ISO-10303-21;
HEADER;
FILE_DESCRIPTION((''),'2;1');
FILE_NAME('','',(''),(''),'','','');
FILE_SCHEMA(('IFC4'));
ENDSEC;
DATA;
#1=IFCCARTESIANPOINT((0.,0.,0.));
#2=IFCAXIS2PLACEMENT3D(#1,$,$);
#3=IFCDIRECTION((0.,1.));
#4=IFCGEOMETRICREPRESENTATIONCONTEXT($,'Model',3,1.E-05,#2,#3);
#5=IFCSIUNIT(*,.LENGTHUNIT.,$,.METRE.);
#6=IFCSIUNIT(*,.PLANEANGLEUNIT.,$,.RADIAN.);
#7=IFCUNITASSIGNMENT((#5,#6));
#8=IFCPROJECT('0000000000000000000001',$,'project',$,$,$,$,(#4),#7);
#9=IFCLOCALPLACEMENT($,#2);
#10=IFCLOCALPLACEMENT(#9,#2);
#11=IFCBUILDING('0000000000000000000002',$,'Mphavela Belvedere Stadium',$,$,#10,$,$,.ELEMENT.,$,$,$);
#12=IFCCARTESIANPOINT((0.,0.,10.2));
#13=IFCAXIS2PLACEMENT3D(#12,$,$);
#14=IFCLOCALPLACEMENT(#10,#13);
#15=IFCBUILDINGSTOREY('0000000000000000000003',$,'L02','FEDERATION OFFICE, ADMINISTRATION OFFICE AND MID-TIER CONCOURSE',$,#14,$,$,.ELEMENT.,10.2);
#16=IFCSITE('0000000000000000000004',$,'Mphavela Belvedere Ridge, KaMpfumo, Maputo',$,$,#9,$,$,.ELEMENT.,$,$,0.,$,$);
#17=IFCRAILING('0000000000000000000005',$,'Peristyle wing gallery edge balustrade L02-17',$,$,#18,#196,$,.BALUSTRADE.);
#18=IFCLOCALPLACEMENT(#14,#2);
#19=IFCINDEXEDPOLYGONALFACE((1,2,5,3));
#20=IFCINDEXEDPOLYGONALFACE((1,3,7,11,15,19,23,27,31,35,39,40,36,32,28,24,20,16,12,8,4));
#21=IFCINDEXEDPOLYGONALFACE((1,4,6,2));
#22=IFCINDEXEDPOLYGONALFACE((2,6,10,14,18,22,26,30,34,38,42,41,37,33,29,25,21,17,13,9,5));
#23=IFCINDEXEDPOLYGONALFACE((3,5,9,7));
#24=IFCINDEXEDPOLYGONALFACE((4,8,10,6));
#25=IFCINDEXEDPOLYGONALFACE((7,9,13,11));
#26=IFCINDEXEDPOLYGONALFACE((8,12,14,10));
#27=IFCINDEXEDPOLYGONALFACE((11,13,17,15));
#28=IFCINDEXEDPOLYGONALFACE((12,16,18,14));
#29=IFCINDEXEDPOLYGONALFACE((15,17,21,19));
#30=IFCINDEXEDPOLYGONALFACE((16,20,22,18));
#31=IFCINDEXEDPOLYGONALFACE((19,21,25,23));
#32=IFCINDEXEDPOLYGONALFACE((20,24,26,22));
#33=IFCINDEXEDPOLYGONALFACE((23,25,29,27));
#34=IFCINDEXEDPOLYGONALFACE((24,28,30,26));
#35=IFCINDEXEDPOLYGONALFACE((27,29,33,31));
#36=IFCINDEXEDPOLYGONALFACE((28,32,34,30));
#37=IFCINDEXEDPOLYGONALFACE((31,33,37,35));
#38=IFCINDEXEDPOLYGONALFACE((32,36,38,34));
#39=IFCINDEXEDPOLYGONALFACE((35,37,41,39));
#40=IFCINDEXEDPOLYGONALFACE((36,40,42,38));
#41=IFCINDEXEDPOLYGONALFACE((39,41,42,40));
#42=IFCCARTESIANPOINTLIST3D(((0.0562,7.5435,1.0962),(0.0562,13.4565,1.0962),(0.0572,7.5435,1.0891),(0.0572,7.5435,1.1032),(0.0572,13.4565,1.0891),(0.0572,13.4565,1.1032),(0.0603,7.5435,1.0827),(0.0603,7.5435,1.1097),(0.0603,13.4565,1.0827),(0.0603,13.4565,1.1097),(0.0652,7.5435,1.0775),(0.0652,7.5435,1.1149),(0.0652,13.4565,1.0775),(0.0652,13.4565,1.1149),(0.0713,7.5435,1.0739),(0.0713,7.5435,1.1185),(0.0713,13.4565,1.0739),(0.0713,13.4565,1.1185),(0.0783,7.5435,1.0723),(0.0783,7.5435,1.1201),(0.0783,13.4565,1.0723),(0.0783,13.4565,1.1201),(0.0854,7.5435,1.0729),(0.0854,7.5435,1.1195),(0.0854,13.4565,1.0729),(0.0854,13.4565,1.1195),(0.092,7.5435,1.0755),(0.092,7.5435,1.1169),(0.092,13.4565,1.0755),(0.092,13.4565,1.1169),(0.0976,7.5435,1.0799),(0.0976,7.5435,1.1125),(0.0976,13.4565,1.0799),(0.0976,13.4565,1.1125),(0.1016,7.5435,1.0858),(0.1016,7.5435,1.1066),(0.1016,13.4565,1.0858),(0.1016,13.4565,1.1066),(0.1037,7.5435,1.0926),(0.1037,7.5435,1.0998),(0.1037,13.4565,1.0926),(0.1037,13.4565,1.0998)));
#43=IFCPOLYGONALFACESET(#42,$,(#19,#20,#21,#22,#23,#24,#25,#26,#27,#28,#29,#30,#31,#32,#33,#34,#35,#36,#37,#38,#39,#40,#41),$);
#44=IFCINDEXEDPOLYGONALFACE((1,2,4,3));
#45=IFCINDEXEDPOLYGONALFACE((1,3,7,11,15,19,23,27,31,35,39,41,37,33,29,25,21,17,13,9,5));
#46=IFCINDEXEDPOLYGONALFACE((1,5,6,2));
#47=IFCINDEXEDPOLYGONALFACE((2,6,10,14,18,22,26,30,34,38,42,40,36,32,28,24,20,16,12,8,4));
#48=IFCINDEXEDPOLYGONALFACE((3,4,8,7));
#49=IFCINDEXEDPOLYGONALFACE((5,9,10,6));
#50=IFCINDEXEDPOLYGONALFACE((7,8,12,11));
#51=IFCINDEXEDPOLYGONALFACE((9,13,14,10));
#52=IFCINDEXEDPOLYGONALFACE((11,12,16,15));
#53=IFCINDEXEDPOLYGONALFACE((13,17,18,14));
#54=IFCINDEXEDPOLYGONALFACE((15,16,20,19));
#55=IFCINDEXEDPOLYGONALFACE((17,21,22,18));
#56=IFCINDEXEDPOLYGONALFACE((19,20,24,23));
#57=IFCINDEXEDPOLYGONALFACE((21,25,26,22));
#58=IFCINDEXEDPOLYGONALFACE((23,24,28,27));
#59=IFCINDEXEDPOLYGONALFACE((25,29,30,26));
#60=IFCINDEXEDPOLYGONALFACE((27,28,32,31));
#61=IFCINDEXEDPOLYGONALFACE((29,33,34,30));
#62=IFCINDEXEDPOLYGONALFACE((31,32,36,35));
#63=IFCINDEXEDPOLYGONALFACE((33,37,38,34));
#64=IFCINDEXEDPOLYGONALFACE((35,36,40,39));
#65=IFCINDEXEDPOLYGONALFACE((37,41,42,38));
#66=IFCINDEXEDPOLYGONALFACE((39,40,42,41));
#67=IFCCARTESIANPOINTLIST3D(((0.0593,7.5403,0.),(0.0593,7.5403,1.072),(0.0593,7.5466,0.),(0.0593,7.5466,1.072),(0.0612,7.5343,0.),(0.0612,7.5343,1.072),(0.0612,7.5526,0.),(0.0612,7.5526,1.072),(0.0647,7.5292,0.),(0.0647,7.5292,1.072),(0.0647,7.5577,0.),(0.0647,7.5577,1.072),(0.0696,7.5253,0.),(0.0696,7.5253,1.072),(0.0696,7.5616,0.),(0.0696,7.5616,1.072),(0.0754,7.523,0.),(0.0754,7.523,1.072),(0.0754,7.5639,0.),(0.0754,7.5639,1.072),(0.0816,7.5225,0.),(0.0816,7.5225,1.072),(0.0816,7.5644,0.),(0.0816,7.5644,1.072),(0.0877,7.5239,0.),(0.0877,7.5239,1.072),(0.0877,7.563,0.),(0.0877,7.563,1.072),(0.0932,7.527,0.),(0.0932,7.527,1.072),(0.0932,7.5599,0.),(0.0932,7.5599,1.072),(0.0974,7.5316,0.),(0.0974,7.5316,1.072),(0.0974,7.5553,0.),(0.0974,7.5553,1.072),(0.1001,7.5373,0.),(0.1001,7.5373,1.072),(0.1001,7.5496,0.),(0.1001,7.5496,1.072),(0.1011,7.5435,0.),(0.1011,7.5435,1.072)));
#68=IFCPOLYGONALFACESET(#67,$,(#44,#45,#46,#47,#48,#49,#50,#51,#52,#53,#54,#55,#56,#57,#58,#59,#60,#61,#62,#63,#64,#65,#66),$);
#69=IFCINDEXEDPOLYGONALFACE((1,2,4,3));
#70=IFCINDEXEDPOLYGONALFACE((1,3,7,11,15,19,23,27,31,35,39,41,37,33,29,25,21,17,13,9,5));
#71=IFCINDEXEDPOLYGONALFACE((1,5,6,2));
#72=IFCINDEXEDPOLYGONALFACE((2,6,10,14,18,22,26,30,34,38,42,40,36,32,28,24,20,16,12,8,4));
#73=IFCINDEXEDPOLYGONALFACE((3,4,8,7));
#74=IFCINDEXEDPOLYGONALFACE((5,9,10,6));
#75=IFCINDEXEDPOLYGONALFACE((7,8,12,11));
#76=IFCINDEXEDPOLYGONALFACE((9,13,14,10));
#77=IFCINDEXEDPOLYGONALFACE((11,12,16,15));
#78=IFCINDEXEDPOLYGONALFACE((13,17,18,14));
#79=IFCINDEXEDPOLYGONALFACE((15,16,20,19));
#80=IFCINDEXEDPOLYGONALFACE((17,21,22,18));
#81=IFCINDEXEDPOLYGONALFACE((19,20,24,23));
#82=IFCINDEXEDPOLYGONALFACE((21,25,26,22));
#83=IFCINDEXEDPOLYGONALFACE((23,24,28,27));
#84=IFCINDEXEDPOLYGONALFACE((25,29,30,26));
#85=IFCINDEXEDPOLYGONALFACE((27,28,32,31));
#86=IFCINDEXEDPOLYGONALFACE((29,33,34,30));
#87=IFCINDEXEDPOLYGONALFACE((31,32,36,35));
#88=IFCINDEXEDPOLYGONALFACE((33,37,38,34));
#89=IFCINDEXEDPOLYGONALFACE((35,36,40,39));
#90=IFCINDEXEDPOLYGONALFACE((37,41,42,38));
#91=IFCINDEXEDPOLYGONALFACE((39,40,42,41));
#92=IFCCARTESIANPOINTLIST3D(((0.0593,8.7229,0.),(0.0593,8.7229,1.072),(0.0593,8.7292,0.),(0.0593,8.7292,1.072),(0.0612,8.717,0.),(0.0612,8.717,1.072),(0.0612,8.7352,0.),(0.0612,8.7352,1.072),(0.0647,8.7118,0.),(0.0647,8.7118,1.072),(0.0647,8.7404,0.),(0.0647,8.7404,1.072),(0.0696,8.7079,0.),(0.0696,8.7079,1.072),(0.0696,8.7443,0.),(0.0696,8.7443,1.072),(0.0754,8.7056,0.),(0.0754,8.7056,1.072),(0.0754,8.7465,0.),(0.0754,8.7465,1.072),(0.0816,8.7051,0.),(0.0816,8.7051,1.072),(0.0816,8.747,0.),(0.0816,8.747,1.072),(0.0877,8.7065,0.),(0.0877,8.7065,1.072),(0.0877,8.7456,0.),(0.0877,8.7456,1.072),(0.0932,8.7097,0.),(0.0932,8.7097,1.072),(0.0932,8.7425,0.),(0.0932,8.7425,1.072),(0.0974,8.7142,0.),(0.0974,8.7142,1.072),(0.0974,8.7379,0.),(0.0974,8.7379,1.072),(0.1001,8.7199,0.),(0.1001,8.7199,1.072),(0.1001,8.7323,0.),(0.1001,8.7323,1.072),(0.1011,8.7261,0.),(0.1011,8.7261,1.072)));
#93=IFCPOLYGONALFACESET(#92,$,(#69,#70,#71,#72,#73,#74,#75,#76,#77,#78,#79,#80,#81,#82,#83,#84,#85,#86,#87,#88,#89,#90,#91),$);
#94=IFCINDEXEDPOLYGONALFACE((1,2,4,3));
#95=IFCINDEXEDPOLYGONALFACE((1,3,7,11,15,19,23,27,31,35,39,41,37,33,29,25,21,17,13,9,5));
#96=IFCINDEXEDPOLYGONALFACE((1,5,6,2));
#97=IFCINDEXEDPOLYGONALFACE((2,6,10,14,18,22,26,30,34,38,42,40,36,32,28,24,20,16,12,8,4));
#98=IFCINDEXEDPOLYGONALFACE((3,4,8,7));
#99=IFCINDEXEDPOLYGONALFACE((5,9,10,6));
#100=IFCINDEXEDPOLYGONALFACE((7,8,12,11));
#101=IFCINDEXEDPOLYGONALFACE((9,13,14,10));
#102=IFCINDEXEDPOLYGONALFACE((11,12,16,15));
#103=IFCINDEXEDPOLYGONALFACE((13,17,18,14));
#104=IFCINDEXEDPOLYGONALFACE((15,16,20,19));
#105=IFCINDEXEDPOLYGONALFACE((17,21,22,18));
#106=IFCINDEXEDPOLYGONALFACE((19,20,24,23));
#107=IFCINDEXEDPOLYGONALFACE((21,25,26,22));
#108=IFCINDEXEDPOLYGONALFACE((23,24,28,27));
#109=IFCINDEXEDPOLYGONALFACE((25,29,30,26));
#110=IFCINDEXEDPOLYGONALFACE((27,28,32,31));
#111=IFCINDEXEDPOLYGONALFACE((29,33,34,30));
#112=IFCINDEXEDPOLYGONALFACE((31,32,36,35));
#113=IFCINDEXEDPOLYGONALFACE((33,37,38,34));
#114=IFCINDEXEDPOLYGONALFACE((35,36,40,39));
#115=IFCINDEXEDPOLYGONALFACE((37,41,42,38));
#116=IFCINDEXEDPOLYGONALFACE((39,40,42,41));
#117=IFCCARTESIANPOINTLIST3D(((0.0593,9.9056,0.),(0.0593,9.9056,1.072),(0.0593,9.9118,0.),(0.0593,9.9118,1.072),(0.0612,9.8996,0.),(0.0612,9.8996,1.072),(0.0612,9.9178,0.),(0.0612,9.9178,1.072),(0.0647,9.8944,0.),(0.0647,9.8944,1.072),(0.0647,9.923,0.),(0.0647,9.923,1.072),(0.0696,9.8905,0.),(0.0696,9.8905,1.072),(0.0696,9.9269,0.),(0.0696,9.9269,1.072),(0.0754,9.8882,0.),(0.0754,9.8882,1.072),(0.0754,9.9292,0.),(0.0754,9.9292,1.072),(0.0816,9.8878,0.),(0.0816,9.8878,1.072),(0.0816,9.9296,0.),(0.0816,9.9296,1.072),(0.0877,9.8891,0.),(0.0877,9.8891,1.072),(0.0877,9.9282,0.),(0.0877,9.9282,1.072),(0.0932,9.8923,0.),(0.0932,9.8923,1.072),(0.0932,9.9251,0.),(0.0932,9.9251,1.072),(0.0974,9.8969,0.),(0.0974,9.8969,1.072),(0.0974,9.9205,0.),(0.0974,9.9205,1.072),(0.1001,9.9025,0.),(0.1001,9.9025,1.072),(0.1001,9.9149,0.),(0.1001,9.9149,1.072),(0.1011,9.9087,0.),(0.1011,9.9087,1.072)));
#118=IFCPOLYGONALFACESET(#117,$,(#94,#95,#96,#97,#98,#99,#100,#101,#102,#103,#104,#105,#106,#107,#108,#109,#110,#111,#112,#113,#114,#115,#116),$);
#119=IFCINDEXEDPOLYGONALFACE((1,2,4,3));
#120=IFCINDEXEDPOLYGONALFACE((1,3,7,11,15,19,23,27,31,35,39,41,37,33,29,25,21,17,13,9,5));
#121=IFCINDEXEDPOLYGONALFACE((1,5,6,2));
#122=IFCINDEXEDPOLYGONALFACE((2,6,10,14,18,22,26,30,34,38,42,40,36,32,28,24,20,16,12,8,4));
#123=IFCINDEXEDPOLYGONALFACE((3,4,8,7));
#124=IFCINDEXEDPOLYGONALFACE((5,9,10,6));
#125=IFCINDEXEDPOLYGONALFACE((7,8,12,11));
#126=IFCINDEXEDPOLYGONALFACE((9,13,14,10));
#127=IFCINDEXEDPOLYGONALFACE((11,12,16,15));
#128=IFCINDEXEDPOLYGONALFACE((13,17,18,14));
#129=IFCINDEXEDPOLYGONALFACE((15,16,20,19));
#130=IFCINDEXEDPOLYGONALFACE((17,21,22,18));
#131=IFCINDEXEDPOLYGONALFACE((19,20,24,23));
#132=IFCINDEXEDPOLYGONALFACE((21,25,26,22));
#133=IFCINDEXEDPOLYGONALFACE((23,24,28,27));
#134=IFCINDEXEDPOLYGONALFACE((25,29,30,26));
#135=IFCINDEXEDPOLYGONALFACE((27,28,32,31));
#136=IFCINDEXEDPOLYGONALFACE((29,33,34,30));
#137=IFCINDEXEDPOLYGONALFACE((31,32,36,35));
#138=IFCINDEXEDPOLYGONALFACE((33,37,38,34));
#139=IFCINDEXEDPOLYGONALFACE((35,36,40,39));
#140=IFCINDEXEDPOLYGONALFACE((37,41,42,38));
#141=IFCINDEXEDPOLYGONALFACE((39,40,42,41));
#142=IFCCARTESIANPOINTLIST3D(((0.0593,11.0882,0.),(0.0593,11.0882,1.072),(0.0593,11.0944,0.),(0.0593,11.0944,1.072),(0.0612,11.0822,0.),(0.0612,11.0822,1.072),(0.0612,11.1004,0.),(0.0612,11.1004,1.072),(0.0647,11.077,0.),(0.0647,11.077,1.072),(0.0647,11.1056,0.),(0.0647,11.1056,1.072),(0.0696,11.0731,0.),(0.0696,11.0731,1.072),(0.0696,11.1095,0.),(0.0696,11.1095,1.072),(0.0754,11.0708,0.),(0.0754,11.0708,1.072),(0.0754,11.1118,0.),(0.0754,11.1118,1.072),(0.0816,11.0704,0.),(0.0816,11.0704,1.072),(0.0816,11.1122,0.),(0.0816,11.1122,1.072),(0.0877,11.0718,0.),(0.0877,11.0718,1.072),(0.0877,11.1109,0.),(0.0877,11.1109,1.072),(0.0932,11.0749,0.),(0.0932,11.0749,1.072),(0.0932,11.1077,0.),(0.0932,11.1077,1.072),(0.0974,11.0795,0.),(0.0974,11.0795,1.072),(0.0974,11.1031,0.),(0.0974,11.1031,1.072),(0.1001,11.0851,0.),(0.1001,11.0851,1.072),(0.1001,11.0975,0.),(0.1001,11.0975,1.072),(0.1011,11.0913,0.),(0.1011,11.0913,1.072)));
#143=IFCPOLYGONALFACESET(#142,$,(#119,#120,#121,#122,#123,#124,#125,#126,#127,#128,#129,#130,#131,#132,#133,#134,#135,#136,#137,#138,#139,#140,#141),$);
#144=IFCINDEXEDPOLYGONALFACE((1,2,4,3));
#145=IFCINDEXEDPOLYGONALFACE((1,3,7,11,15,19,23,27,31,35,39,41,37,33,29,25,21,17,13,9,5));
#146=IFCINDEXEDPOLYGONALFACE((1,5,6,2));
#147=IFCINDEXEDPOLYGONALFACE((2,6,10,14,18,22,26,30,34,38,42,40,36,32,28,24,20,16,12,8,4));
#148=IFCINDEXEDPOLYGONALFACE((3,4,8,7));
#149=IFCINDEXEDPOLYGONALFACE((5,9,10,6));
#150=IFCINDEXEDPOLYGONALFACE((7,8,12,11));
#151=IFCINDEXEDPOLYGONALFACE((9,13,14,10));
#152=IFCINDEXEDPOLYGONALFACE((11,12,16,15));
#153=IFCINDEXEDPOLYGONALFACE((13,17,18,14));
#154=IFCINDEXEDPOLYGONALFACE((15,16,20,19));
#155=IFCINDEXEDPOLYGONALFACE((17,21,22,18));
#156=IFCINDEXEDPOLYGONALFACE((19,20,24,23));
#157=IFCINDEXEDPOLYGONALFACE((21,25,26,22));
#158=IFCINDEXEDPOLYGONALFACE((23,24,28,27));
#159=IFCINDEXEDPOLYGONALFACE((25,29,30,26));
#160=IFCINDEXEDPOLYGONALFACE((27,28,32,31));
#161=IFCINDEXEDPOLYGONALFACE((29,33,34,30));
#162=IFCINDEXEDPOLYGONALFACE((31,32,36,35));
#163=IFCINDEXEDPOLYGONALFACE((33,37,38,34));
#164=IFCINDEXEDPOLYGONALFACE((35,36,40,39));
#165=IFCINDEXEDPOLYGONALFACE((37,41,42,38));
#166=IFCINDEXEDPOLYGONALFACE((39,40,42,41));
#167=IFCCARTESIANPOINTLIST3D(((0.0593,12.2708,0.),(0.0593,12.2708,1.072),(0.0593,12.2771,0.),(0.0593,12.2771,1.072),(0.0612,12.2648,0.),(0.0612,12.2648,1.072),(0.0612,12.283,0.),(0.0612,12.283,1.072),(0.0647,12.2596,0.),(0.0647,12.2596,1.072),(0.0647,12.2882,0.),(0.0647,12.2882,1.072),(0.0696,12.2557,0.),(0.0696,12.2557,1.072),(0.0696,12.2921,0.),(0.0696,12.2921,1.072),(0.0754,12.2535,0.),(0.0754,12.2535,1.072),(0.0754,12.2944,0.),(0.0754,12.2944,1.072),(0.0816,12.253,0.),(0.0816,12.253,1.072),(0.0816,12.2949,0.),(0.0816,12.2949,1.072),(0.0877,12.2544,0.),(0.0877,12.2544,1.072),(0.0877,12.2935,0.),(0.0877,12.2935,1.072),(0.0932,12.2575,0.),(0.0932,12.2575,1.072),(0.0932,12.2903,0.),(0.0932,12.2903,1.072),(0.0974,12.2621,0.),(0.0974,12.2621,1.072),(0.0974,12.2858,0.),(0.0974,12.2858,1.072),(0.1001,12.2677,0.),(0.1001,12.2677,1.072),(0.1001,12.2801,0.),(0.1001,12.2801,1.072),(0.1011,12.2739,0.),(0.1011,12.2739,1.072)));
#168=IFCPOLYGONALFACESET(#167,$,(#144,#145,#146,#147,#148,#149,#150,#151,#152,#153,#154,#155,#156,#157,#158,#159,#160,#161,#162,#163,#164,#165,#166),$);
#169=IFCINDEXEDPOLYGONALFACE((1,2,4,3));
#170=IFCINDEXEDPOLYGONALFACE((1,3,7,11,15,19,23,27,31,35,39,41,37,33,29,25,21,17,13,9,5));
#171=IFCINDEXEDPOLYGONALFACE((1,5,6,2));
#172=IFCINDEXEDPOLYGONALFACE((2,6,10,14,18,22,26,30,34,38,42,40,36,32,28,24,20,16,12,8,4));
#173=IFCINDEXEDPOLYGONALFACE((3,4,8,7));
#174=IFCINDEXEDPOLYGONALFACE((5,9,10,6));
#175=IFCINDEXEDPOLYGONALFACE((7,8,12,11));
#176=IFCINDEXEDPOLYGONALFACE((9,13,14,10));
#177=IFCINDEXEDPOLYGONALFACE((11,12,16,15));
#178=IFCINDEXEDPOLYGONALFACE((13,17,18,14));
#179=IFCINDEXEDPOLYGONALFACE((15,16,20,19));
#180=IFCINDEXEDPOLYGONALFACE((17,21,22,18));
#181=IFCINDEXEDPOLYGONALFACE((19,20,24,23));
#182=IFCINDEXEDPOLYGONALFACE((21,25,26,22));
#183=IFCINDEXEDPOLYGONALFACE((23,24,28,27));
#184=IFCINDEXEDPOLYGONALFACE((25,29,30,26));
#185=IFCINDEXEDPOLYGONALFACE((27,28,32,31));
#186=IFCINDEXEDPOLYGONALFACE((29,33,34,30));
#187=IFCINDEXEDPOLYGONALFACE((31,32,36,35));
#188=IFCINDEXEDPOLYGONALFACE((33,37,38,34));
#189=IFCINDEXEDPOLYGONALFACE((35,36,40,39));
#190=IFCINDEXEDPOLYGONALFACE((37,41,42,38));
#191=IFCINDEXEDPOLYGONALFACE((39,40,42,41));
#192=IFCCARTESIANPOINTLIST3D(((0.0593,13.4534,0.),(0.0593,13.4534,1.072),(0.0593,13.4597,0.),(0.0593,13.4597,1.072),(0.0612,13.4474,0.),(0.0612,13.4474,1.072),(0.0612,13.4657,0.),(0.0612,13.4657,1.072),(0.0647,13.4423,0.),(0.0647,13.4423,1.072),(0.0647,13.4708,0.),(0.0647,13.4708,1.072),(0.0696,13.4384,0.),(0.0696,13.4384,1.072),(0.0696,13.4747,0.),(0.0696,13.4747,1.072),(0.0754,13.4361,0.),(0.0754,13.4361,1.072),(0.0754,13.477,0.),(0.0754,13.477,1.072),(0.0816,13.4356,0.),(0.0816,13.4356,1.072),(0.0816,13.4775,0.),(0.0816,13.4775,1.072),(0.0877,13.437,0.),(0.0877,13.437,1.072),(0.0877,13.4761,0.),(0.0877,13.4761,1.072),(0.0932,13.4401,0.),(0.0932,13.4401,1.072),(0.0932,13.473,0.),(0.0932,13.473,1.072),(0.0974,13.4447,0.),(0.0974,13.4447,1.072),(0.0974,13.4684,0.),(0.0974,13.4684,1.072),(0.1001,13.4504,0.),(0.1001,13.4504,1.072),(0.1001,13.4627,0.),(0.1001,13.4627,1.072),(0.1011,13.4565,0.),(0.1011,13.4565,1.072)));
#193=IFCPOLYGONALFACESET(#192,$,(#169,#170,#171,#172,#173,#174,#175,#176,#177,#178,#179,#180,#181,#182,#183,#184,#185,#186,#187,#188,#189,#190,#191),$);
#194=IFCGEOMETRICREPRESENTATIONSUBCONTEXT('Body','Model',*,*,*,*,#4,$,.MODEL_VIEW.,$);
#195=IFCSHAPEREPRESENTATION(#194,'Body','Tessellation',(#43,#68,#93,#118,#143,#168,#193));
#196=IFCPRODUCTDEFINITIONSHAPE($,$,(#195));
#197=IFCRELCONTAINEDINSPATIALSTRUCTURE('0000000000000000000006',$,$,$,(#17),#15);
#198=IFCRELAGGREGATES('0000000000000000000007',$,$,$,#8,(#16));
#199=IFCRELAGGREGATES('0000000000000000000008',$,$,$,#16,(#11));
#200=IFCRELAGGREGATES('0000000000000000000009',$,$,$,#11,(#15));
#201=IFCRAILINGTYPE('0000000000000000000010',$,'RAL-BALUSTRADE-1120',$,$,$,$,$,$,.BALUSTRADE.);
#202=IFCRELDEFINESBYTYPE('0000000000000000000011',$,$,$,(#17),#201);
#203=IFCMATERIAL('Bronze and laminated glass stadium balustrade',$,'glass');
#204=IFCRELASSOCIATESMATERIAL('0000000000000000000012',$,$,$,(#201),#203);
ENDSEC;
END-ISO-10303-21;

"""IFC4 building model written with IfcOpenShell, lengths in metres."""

from ifc_helpers import new_model, si_unit, direction, frame, origin, origin_2d, place, context, subcontext, project, spatial, circle, extrude, material, type_object, element, save


model = new_model("IFC4")

# Units and contexts
model_context = context("Model", 3, precision=1e-05, world=origin(), true_north=direction((0.0, 1.0)))
body_context = subcontext(model_context, "Body", "Model", "MODEL_VIEW")
ifc_project = project(units=[si_unit("LENGTHUNIT", "METRE"), si_unit("PLANEANGLEUNIT", "RADIAN")], contexts=[model_context])

# Site, building, storey
site_placement = place(None, origin())
site = spatial("IfcSite", under=ifc_project, at=site_placement, Name="Mphavela Belvedere Ridge, KaMpfumo, Maputo", CompositionType="ELEMENT", RefElevation=0.0)
building_placement = place(site_placement, origin())
building = spatial("IfcBuilding", under=site, at=building_placement, Name="Mphavela Belvedere Stadium", CompositionType="ELEMENT")
storey_placement = place(building_placement, frame((0.0, 0.0, 10.2)))
storey = spatial("IfcBuildingStorey", under=building, at=storey_placement, Name="L02", Description="FEDERATION OFFICE, ADMINISTRATION OFFICE AND MID-TIER CONCOURSE", CompositionType="ELEMENT", Elevation=10.2)

# Railing
ifc_material_1 = material(Name="Bronze and laminated glass stadium balustrade", Category="glass")
railing_type = type_object("IfcRailingType", Name="RAL-BALUSTRADE-1120", PredefinedType="BALUSTRADE", material=ifc_material_1)
for number, where, name in (
    (1, (0.0801, 7.5435, 0.0), "Peristyle wing gallery edge balustrade L02-17"),
):
    element("IfcRailing", number, at=place(storey_placement, frame(where)), inside=storey, type_object=railing_type, Name=name, PredefinedType="BALUSTRADE", context=body_context, shape_type="SweptSolid", body=[
        extrude(circle(Radius=0.0239, at=origin_2d()), frame((0.0, 0.0, 1.0962), z_axis=(0.0, 1.0, 0.0), x_axis=(-1.0, 0.0, 0.0)), (0.0, 0.0, 1.0), 5.9131),
        extrude(circle(Radius=0.021, at=origin_2d()), origin(), (0.0, 0.0, 1.0), 1.072),
        extrude(circle(Radius=0.021, at=origin_2d()), frame((0.0, 1.1826, 0.0)), (0.0, 0.0, 1.0), 1.072),
        extrude(circle(Radius=0.021, at=origin_2d()), frame((0.0, 2.3652, 0.0)), (0.0, 0.0, 1.0), 1.072),
        extrude(circle(Radius=0.021, at=origin_2d()), frame((0.0, 3.5479, 0.0)), (0.0, 0.0, 1.0), 1.072),
        extrude(circle(Radius=0.021, at=origin_2d()), frame((0.0, 4.7305, 0.0)), (0.0, 0.0, 1.0), 1.072),
        extrude(circle(Radius=0.021, at=origin_2d()), frame((0.0, 5.9131, 0.0)), (0.0, 0.0, 1.0), 1.072),
    ])

save(model, "model.ifc")
